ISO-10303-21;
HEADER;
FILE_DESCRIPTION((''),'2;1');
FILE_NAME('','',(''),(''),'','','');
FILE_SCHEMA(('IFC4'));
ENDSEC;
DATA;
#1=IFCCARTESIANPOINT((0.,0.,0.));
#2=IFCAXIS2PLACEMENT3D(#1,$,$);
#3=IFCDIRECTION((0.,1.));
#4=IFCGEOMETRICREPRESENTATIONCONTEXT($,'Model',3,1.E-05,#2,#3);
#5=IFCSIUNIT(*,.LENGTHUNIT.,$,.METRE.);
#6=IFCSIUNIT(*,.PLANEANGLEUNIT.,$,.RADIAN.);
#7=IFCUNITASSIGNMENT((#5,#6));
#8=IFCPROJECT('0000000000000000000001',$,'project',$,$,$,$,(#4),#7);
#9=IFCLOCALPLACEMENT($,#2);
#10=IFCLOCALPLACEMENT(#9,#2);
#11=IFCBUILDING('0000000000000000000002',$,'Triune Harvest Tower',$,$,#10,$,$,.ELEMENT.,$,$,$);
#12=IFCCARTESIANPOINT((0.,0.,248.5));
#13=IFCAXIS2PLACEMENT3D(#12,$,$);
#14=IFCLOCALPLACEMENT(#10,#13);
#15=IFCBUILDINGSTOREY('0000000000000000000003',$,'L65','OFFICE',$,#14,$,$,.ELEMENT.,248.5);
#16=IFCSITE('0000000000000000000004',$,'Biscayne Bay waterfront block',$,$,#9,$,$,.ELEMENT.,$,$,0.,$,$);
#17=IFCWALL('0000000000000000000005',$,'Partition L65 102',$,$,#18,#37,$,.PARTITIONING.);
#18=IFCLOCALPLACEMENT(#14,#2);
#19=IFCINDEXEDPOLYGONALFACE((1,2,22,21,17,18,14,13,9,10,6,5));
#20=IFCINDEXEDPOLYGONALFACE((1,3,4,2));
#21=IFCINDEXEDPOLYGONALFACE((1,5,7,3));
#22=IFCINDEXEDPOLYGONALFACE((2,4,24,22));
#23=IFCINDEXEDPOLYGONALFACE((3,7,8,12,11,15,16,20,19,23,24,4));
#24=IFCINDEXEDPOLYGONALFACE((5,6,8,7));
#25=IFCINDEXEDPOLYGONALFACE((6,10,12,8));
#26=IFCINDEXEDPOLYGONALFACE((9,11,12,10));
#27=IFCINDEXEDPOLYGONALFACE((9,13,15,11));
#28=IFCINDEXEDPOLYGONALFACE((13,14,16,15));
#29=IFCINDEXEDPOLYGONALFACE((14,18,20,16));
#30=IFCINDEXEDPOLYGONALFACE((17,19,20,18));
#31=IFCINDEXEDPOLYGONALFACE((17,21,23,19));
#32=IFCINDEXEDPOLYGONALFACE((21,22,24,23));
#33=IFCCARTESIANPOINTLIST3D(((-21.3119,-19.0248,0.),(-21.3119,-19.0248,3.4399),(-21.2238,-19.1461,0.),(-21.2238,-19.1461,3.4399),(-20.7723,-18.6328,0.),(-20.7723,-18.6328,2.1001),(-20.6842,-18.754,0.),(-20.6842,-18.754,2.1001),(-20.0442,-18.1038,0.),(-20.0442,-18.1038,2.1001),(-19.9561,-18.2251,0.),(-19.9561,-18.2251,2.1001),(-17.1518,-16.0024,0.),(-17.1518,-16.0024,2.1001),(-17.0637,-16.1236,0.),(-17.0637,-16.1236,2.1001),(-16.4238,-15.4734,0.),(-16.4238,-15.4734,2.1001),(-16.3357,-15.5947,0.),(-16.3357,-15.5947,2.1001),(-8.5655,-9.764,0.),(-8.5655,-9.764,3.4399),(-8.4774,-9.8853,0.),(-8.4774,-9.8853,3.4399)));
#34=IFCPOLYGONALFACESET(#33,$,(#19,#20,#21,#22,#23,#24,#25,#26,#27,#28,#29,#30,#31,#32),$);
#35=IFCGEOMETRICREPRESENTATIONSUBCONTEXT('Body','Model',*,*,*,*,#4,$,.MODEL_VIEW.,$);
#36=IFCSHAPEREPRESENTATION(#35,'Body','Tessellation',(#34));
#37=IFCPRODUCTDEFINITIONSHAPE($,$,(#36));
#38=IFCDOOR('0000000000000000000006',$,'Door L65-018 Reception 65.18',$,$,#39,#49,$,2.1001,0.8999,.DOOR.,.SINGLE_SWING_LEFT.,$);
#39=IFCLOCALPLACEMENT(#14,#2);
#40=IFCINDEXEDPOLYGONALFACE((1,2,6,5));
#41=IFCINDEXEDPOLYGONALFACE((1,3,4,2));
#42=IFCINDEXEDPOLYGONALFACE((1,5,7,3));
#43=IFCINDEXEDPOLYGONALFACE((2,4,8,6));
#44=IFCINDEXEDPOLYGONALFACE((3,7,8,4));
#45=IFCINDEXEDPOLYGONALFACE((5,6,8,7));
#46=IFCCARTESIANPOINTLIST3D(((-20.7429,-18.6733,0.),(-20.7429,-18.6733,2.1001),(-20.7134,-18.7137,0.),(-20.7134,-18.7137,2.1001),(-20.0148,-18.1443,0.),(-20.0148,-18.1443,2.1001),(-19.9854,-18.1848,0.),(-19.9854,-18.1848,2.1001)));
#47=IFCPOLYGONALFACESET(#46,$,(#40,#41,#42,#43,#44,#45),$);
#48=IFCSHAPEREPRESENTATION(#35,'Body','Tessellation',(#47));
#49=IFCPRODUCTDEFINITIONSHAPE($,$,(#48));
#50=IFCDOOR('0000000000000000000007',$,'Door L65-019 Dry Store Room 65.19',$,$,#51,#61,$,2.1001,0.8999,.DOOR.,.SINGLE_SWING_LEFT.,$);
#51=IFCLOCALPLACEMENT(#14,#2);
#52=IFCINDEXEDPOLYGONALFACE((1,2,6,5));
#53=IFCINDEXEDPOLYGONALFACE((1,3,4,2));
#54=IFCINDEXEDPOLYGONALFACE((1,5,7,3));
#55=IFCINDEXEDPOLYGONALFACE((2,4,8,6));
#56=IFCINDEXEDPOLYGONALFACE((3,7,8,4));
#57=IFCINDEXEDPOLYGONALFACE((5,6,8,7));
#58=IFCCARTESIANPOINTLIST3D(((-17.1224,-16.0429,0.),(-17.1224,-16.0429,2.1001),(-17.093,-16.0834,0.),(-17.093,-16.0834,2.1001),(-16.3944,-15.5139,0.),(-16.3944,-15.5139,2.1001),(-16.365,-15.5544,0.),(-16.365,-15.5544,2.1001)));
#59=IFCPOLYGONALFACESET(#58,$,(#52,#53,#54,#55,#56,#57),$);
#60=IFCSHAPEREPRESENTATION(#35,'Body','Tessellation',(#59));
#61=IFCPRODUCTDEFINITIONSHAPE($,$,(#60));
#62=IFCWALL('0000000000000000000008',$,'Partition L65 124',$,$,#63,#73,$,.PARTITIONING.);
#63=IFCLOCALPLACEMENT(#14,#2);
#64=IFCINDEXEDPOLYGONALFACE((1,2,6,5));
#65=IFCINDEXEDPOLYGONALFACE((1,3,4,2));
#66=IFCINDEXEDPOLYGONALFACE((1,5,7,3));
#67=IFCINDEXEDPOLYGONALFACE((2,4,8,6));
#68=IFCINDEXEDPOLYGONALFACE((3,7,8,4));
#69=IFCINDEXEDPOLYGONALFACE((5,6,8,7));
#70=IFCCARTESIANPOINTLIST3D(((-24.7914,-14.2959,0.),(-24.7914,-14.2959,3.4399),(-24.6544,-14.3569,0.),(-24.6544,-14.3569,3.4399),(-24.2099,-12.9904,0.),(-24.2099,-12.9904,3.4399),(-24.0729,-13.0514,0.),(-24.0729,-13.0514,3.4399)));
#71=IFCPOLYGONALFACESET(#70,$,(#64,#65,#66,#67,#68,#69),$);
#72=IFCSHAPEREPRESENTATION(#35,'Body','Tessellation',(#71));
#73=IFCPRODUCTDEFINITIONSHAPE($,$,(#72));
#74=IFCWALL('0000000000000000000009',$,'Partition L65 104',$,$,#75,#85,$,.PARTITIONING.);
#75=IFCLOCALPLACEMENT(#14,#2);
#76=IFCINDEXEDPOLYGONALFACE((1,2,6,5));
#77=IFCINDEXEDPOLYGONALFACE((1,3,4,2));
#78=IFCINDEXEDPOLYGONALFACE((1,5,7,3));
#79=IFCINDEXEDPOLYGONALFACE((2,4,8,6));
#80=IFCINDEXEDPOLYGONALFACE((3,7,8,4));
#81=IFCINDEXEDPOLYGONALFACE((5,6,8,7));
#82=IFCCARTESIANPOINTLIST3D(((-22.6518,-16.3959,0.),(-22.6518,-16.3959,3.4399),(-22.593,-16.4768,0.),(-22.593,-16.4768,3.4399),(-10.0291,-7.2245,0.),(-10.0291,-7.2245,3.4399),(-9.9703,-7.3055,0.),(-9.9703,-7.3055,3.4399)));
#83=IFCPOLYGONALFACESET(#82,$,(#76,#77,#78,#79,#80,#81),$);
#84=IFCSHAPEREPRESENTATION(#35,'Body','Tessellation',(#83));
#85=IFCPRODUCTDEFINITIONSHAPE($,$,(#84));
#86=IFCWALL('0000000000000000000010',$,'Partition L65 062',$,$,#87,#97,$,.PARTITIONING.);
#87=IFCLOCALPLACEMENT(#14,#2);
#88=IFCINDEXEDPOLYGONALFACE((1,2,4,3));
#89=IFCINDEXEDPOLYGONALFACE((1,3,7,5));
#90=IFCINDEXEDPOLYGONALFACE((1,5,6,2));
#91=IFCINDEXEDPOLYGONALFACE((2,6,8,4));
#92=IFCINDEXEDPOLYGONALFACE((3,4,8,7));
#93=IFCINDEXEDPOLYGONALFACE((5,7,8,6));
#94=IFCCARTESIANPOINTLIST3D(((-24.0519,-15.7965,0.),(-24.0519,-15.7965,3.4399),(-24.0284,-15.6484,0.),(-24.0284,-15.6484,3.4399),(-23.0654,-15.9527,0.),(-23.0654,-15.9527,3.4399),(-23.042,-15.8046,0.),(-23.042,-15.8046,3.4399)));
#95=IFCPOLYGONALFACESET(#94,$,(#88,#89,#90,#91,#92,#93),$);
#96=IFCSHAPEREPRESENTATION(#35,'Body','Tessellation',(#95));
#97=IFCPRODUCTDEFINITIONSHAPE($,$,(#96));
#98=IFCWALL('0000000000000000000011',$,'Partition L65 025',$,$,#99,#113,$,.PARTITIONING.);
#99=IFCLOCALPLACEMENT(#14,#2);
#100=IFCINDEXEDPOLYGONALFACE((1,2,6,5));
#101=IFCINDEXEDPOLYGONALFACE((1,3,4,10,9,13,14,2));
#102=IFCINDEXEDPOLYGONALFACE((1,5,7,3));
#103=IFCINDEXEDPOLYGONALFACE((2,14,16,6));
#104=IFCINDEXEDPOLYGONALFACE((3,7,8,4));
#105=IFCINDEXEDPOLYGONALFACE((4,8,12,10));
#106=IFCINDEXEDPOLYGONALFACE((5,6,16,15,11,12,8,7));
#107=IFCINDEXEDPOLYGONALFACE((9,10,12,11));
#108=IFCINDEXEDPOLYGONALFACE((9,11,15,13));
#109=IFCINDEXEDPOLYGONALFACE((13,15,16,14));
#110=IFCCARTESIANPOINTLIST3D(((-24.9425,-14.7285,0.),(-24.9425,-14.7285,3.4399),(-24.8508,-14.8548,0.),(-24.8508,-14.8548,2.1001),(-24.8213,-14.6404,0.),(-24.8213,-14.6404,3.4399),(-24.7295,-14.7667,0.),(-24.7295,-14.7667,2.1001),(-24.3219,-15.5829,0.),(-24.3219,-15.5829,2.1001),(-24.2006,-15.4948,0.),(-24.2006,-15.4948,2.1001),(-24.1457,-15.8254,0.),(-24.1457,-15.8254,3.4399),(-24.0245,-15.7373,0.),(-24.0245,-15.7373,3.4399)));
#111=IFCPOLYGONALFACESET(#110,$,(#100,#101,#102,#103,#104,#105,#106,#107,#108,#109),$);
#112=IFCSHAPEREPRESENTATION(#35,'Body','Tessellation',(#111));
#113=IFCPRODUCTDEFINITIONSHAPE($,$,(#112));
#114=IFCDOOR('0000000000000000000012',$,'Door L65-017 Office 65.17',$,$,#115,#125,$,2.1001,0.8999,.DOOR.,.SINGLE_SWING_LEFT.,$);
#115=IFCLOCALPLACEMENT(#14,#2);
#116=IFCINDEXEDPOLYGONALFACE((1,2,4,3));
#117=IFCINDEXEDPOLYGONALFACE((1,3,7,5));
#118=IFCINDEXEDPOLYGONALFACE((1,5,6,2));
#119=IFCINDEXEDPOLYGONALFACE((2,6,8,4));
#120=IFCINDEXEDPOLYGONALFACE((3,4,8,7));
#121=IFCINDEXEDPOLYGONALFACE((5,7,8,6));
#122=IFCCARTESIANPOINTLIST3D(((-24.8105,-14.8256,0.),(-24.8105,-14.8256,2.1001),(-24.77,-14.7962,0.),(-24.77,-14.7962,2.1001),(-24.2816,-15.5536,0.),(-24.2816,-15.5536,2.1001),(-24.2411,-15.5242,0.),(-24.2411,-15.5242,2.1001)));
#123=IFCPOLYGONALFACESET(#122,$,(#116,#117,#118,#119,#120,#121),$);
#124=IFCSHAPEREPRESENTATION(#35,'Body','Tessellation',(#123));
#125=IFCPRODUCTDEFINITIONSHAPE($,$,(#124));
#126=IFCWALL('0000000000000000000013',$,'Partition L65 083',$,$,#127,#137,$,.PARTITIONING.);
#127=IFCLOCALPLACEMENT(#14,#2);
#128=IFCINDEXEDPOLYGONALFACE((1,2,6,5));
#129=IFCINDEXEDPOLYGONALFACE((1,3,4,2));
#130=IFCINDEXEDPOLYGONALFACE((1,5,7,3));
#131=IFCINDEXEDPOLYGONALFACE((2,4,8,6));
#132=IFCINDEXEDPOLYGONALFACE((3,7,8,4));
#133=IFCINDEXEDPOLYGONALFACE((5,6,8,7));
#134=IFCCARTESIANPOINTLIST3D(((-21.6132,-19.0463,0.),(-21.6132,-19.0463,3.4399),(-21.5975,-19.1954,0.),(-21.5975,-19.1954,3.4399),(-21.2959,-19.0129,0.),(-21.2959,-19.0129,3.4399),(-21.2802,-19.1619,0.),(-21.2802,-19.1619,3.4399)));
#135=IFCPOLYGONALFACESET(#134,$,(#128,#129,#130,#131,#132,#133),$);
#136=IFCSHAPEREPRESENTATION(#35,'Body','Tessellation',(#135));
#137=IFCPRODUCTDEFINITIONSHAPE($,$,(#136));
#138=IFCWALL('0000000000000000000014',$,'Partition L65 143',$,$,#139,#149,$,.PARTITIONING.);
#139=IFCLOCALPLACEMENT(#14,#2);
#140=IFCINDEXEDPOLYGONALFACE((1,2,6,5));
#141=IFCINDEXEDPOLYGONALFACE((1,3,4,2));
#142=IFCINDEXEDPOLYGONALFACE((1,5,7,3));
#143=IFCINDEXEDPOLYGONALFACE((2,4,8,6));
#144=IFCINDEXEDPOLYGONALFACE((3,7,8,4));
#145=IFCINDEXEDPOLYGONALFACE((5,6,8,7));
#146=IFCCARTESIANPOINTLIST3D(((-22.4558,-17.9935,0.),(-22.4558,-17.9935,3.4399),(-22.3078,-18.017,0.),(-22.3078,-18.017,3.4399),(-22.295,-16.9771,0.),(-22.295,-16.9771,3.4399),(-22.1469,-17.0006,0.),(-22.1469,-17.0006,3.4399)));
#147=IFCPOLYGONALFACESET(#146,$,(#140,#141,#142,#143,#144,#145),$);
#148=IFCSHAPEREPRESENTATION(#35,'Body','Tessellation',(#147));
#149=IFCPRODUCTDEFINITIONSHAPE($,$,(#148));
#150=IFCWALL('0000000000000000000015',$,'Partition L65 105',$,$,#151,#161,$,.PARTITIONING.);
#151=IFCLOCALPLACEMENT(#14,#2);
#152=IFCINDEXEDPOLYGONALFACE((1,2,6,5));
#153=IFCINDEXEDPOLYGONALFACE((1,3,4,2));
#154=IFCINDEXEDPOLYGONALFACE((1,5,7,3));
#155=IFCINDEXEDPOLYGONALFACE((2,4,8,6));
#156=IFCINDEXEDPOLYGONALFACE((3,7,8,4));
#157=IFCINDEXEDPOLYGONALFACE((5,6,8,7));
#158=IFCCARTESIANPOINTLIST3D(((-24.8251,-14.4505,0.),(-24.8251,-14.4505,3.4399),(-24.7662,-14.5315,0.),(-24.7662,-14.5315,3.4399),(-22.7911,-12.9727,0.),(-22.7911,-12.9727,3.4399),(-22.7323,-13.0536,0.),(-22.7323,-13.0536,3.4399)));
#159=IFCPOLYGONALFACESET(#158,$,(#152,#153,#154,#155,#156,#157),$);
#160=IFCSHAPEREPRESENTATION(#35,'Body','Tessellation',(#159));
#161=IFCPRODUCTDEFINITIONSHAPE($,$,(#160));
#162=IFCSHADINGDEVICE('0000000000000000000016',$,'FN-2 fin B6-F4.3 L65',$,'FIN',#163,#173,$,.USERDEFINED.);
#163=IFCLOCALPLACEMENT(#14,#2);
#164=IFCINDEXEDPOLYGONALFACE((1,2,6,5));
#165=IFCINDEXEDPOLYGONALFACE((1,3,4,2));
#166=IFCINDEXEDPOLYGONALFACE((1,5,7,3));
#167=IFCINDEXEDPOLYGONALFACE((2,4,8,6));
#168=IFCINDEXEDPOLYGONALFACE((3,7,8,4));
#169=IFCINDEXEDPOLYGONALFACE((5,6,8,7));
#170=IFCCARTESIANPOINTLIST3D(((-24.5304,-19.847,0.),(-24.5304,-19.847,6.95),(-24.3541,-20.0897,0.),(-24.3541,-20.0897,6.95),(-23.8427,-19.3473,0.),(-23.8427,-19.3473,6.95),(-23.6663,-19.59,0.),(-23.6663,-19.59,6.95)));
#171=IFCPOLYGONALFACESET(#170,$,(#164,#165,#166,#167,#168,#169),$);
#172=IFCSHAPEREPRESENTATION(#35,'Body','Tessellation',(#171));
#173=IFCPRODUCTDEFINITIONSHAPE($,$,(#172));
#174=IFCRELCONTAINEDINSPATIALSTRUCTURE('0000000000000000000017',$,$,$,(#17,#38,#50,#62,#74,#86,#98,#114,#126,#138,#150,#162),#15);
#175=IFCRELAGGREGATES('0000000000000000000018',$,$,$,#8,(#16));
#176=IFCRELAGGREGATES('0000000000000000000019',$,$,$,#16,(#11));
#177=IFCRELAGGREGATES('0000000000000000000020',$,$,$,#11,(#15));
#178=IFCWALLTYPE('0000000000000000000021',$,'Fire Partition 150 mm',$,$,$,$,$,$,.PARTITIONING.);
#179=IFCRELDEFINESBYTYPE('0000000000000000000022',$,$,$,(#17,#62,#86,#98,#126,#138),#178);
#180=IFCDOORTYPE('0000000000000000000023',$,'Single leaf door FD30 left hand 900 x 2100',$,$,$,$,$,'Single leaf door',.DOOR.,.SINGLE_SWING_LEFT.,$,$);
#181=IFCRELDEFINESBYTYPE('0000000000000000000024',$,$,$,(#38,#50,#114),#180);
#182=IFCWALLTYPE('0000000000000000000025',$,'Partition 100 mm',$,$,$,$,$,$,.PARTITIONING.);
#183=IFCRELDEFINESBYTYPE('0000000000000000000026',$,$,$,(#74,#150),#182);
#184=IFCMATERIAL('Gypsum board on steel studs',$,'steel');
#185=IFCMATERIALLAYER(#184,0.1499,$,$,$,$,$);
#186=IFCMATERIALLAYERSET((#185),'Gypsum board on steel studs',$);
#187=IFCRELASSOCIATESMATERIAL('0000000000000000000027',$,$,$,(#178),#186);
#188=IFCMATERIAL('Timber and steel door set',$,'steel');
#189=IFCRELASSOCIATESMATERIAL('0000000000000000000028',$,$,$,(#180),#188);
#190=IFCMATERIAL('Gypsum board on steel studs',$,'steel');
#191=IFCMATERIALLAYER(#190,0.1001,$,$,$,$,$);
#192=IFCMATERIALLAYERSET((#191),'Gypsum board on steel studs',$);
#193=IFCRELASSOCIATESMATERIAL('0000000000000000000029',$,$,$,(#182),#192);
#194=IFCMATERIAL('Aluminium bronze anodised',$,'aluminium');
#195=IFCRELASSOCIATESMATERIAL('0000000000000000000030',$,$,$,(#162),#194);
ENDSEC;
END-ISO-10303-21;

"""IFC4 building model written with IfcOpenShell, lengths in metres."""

from ifc_helpers import new_model, si_unit, direction, frame, frame_2d, origin, origin_2d, place, context, subcontext, project, spatial, rectangle, extrude, source, transform, mapped, material, layer, layer_set, type_object, element, fill, save


model = new_model("IFC4")

# Units and contexts
model_context = context("Model", 3, precision=1e-05, world=origin(), true_north=direction((0.0, 1.0)))
body_context = subcontext(model_context, "Body", "Model", "MODEL_VIEW")
ifc_project = project(units=[si_unit("LENGTHUNIT", "METRE"), si_unit("PLANEANGLEUNIT", "RADIAN")], contexts=[model_context])

# Site, building, storey
site_placement = place(None, origin())
site = spatial("IfcSite", under=ifc_project, at=site_placement, Name="Biscayne Bay waterfront block", CompositionType="ELEMENT", RefElevation=0.0)
building_placement = place(site_placement, origin())
building = spatial("IfcBuilding", under=site, at=building_placement, Name="Triune Harvest Tower", CompositionType="ELEMENT")
storey_placement = place(building_placement, frame((0.0, 0.0, 248.5)))
storey = spatial("IfcBuildingStorey", under=building, at=storey_placement, Name="L65", Description="OFFICE", CompositionType="ELEMENT", Elevation=248.5)

# Shared definitions
ifc_material_1 = material(Name="Gypsum board on steel studs", Category="steel")
ifc_layer_1 = layer(ifc_material_1, 0.1499)
ifc_layer_set_1 = layer_set([ifc_layer_1], Name="Gypsum board on steel studs")
wall_type_1 = type_object("IfcWallType", Name="Fire Partition 150 mm", PredefinedType="PARTITIONING", material=ifc_layer_set_1)

# Wall, openings, doors
wall_1_placement = place(storey_placement, frame((-21.2678, -19.0854, 0.0), z_axis=(0.0, 0.0, 1.0), x_axis=(0.809017, 0.587785, 0.0)))
wall_1 = element("IfcWall", 1, at=wall_1_placement, inside=storey, type_object=wall_type_1, Name="Partition L65 102", PredefinedType="PARTITIONING", context=body_context, shape_type="SweptSolid", body=[
    extrude(rectangle(XDim=15.7554, YDim=0.1499, at=frame_2d((7.8777, 0.0))), origin(), (0.0, 0.0, 1.0), 3.4399),
])
opening_1_placement = place(wall_1_placement, frame((0.667, 0.0, 0.0)))
opening_1 = element("IfcOpeningElement", 2, at=opening_1_placement, cuts=wall_1, PredefinedType="OPENING", context=body_context, shape_type="SweptSolid", body=[
    extrude(rectangle(XDim=0.8999, YDim=2.1001, at=frame_2d((0.45, 1.05))), frame((0.0, 0.085, 0.0), z_axis=(0.0, -1.0, 0.0), x_axis=(1.0, 0.0, 0.0)), (0.0, 0.0, 1.0), 0.1699),
])
opening_2_placement = place(wall_1_placement, frame((5.1421, 0.0, 0.0)))
opening_2 = element("IfcOpeningElement", 3, at=opening_2_placement, cuts=wall_1, PredefinedType="OPENING", context=body_context, shape_type="SweptSolid", body=[
    extrude(rectangle(XDim=0.8999, YDim=2.1001, at=frame_2d((0.45, 1.05))), frame((0.0, 0.085, 0.0), z_axis=(0.0, -1.0, 0.0), x_axis=(1.0, 0.0, 0.0)), (0.0, 0.0, 1.0), 0.1699),
])
ifc_material_2 = material(Name="Timber and steel door set", Category="steel")
door_type = type_object("IfcDoorType", Name="Single leaf door FD30 left hand 900 x 2100", ElementType="Single leaf door", OperationType="SINGLE_SWING_LEFT", PredefinedType="DOOR", material=ifc_material_2)
door_1_placement = place(opening_1_placement, origin())
door_1 = element("IfcDoor", 4, at=door_1_placement, inside=storey, type_object=door_type, Name="Door L65-018 Reception 65.18", OperationType="SINGLE_SWING_LEFT", OverallHeight=2.1001, OverallWidth=0.8999, PredefinedType="DOOR", context=body_context, shape_type="SweptSolid", body=[
    extrude(rectangle(XDim=0.8999, YDim=2.1001, at=frame_2d((0.45, 1.05))), frame((0.0, 0.0249, 0.0), z_axis=(0.0, -1.0, 0.0), x_axis=(1.0, 0.0, 0.0)), (0.0, 0.0, 1.0), 0.05),
])
fill(opening_1, door_1)
door_2_placement = place(opening_2_placement, origin())
door_2 = element("IfcDoor", 5, at=door_2_placement, inside=storey, type_object=door_type, Name="Door L65-019 Dry Store Room 65.19", OperationType="SINGLE_SWING_LEFT", OverallHeight=2.1001, OverallWidth=0.8999, PredefinedType="DOOR", context=body_context, shape_type="SweptSolid", body=[
    extrude(rectangle(XDim=0.8999, YDim=2.1001, at=frame_2d((0.45, 1.05))), frame((0.0, 0.0249, 0.0), z_axis=(0.0, -1.0, 0.0), x_axis=(1.0, 0.0, 0.0)), (0.0, 0.0, 1.0), 0.05),
])
fill(opening_2, door_2)

# Walls
wall_2_placement = place(storey_placement, frame((-24.7229, -14.3264, 0.0), z_axis=(0.0, 0.0, 1.0), x_axis=(0.406867, 0.913487, 0.0)))
element("IfcWall", 6, at=wall_2_placement, inside=storey, type_object=wall_type_1, Name="Partition L65 124", PredefinedType="PARTITIONING", context=body_context, shape_type="SweptSolid", body=[
    extrude(rectangle(XDim=1.4292, YDim=0.1499, at=frame_2d((0.7146, 0.0))), origin(), (0.0, 0.0, 1.0), 3.4399),
])
ifc_material_3 = material(Name="Gypsum board on steel studs", Category="steel")
ifc_layer_2 = layer(ifc_material_3, 0.1001)
ifc_layer_set_2 = layer_set([ifc_layer_2], Name="Gypsum board on steel studs")
wall_type_2 = type_object("IfcWallType", Name="Partition 100 mm", PredefinedType="PARTITIONING", material=ifc_layer_set_2)
wall_3_placement = place(storey_placement, frame((-22.6223, -16.4363, 0.0), z_axis=(0.0, 0.0, 1.0), x_axis=(0.809005, 0.587801, 0.0)))
element("IfcWall", 7, at=wall_3_placement, inside=storey, type_object=wall_type_2, Name="Partition L65 104", PredefinedType="PARTITIONING", context=body_context, shape_type="SweptSolid", body=[
    extrude(rectangle(XDim=15.6028, YDim=0.1001, at=frame_2d((7.8013, 0.0))), origin(), (0.0, 0.0, 1.0), 3.4399),
])
shared_shape_1 = source(origin(), body_context, "Body", "SweptSolid", [
    extrude(rectangle(XDim=0.9988, YDim=0.1499, at=frame_2d((0.4995, 0.0))), origin(), (0.0, 0.0, 1.0), 3.4399),
])
wall_4_placement = place(storey_placement, frame((-24.0403, -15.7224, 0.0), z_axis=(0.0, 0.0, 1.0), x_axis=(0.98769, -0.156427, 0.0)))
element("IfcWall", 8, at=wall_4_placement, inside=storey, type_object=wall_type_1, Name="Partition L65 062", PredefinedType="PARTITIONING", context=body_context, shape_type="MappedRepresentation", body=[
    mapped(shared_shape_1, transform((0.0, 0.0, 0.0), scale=1.0)),
])

# Wall, opening, door
shared_shape_2 = source(origin(), body_context, "Body", "SweptSolid", [
    extrude(rectangle(XDim=1.3557, YDim=0.1499, at=frame_2d((0.6777, 0.0))), origin(), (0.0, 0.0, 1.0), 3.4399),
])
wall_5_placement = place(storey_placement, frame((-24.8818, -14.6846, 0.0), z_axis=(0.0, 0.0, 1.0), x_axis=(0.587743, -0.809047, 0.0)))
wall_5 = element("IfcWall", 9, at=wall_5_placement, inside=storey, type_object=wall_type_1, Name="Partition L65 025", PredefinedType="PARTITIONING", context=body_context, shape_type="MappedRepresentation", body=[
    mapped(shared_shape_2, transform((0.0, 0.0, 0.0), scale=1.0)),
])
opening_3_placement = place(wall_5_placement, frame((0.156, 0.0, 0.0)))
opening_3 = element("IfcOpeningElement", 10, at=opening_3_placement, cuts=wall_5, PredefinedType="OPENING", context=body_context, shape_type="SweptSolid", body=[
    extrude(rectangle(XDim=0.8999, YDim=2.1001, at=frame_2d((0.45, 1.05))), frame((0.0, 0.085, 0.0), z_axis=(0.0, -1.0, 0.0), x_axis=(1.0, 0.0, 0.0)), (0.0, 0.0, 1.0), 0.1699),
])
door_3_placement = place(opening_3_placement, origin())
door_3 = element("IfcDoor", 11, at=door_3_placement, inside=storey, type_object=door_type, Name="Door L65-017 Office 65.17", OperationType="SINGLE_SWING_LEFT", OverallHeight=2.1001, OverallWidth=0.8999, PredefinedType="DOOR", context=body_context, shape_type="SweptSolid", body=[
    extrude(rectangle(XDim=0.8999, YDim=2.1001, at=frame_2d((0.45, 1.05))), frame((0.0, 0.0249, 0.0), z_axis=(0.0, -1.0, 0.0), x_axis=(1.0, 0.0, 0.0)), (0.0, 0.0, 1.0), 0.05),
])
fill(opening_3, door_3)

# Walls
shared_shape_3 = source(origin(), body_context, "Body", "SweptSolid", [
    extrude(rectangle(XDim=0.3191, YDim=0.1499, at=frame_2d((0.1597, 0.0))), origin(), (0.0, 0.0, 1.0), 3.4399),
])
wall_6_placement = place(storey_placement, frame((-21.6055, -19.1208, 0.0), z_axis=(0.0, 0.0, 1.0), x_axis=(0.994493, 0.104804, 0.0)))
element("IfcWall", 12, at=wall_6_placement, inside=storey, type_object=wall_type_1, Name="Partition L65 083", PredefinedType="PARTITIONING", context=body_context, shape_type="MappedRepresentation", body=[
    mapped(shared_shape_3, transform((0.0, 0.0, 0.0), scale=1.0)),
])
shared_shape_4 = source(origin(), body_context, "Body", "SweptSolid", [
    extrude(rectangle(XDim=1.0291, YDim=0.1499, at=frame_2d((0.5146, 0.0))), origin(), (0.0, 0.0, 1.0), 3.4399),
])
wall_7_placement = place(storey_placement, frame((-22.3818, -18.0054, 0.0), z_axis=(0.0, 0.0, 1.0), x_axis=(0.156352, 0.987701, 0.0)))
element("IfcWall", 13, at=wall_7_placement, inside=storey, type_object=wall_type_1, Name="Partition L65 143", PredefinedType="PARTITIONING", context=body_context, shape_type="MappedRepresentation", body=[
    mapped(shared_shape_4, transform((0.0, 0.0, 0.0), scale=1.0)),
])
shared_shape_5 = source(origin(), body_context, "Body", "SweptSolid", [
    extrude(rectangle(XDim=2.5142, YDim=0.1001, at=frame_2d((1.2571, 0.0))), origin(), (0.0, 0.0, 1.0), 3.4399),
])
wall_8_placement = place(storey_placement, frame((-24.7957, -14.491, 0.0), z_axis=(0.0, 0.0, 1.0), x_axis=(0.809009, 0.587796, 0.0)))
element("IfcWall", 14, at=wall_8_placement, inside=storey, type_object=wall_type_2, Name="Partition L65 105", PredefinedType="PARTITIONING", context=body_context, shape_type="MappedRepresentation", body=[
    mapped(shared_shape_5, transform((0.0, 0.0, 0.0), scale=1.0)),
])

# Shading device
ifc_material_4 = material(Name="Aluminium bronze anodised", Category="aluminium")
shared_shape_6 = source(origin(), body_context, "Body", "SweptSolid", [
    extrude(rectangle(XDim=0.3, YDim=0.8501, at=origin_2d()), origin(), (0.0, 0.0, 1.0), 6.95),
])
shading_device_placement = place(storey_placement, frame((-24.0984, -19.7185, 0.0), z_axis=(0.0, 0.0, 1.0), x_axis=(0.587789, -0.809014, 0.0)))
element("IfcShadingDevice", 15, at=shading_device_placement, inside=storey, material=ifc_material_4, Name="FN-2 fin B6-F4.3 L65", ObjectType="FIN", PredefinedType="USERDEFINED", context=body_context, shape_type="MappedRepresentation", body=[
    mapped(shared_shape_6, transform((0.0, 0.0, 0.0), scale=1.0)),
])

save(model, "model.ifc")
